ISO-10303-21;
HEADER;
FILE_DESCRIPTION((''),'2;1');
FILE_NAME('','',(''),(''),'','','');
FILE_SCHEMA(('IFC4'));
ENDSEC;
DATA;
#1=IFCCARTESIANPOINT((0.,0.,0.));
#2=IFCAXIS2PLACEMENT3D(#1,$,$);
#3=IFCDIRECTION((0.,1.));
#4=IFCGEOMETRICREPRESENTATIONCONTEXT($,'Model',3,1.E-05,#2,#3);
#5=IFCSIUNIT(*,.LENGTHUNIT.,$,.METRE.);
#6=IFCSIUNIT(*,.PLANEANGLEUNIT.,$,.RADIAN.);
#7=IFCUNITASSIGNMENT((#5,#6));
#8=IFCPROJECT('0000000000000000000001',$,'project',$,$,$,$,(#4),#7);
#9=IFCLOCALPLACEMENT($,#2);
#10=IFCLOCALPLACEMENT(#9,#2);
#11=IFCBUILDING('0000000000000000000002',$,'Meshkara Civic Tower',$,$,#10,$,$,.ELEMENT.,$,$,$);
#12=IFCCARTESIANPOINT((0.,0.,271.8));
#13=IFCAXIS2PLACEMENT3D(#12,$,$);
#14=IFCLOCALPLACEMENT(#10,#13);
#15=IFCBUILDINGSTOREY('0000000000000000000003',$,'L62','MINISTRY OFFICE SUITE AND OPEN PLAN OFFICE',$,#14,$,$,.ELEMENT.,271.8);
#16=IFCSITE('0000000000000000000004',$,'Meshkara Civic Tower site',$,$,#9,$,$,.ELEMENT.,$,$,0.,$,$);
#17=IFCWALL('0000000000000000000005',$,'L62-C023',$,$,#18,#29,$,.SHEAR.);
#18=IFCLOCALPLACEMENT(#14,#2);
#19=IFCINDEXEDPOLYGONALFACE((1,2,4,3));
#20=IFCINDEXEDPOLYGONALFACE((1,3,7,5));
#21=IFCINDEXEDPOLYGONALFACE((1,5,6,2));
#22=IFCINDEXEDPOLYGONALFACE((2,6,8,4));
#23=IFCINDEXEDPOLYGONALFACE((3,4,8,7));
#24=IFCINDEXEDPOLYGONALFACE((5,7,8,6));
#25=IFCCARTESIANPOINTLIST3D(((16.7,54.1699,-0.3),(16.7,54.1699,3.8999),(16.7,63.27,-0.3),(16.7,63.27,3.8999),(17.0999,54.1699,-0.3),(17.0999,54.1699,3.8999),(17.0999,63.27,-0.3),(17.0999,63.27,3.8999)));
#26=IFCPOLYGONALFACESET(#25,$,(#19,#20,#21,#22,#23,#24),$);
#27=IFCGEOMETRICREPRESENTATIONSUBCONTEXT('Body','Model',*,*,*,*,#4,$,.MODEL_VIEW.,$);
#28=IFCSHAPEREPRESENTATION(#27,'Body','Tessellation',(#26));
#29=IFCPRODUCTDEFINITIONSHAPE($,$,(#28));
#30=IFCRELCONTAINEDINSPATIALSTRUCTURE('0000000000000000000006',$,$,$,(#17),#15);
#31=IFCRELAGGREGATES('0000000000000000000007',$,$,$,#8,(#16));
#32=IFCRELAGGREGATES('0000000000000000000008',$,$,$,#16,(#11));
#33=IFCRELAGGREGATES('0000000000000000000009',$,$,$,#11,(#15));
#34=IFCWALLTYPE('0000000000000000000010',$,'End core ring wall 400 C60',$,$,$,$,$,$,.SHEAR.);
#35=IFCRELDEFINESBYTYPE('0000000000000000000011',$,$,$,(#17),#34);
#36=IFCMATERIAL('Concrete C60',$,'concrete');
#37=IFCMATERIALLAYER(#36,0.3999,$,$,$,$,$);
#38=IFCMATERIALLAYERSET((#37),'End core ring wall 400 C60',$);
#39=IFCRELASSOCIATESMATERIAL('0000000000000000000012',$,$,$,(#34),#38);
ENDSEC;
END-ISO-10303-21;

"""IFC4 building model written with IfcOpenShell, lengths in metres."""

from ifc_helpers import new_model, si_unit, direction, frame, frame_2d, origin, place, context, subcontext, project, spatial, rectangle, extrude, material, layer, layer_set, type_object, element, save


model = new_model("IFC4")

# Units and contexts
model_context = context("Model", 3, precision=1e-05, world=origin(), true_north=direction((0.0, 1.0)))
body_context = subcontext(model_context, "Body", "Model", "MODEL_VIEW")
ifc_project = project(units=[si_unit("LENGTHUNIT", "METRE"), si_unit("PLANEANGLEUNIT", "RADIAN")], contexts=[model_context])

# Site, building, storey
site_placement = place(None, origin())
site = spatial("IfcSite", under=ifc_project, at=site_placement, Name="Meshkara Civic Tower site", CompositionType="ELEMENT", RefElevation=0.0)
building_placement = place(site_placement, origin())
building = spatial("IfcBuilding", under=site, at=building_placement, Name="Meshkara Civic Tower", CompositionType="ELEMENT")
storey_placement = place(building_placement, frame((0.0, 0.0, 271.8)))
storey = spatial("IfcBuildingStorey", under=building, at=storey_placement, Name="L62", Description="MINISTRY OFFICE SUITE AND OPEN PLAN OFFICE", CompositionType="ELEMENT", Elevation=271.8)

# Wall
ifc_material_1 = material(Name="Concrete C60", Category="concrete")
ifc_layer_1 = layer(ifc_material_1, 0.3999)
ifc_layer_set_1 = layer_set([ifc_layer_1], Name="End core ring wall 400 C60")
wall_type_1 = type_object("IfcWallType", Name="End core ring wall 400 C60", PredefinedType="SHEAR", material=ifc_layer_set_1)
wall_1_placement = place(storey_placement, frame((16.8999, 54.1699, -0.3), z_axis=(0.0, 0.0, 1.0), x_axis=(0.0, 1.0, 0.0)))
element("IfcWall", 1, at=wall_1_placement, inside=storey, type_object=wall_type_1, Name="L62-C023", PredefinedType="SHEAR", context=body_context, shape_type="SweptSolid", body=[
    extrude(rectangle(XDim=9.1001, YDim=0.3999, at=frame_2d((4.55, 0.0))), origin(), (0.0, 0.0, 1.0), 4.2),
])

save(model, "model.ifc")
